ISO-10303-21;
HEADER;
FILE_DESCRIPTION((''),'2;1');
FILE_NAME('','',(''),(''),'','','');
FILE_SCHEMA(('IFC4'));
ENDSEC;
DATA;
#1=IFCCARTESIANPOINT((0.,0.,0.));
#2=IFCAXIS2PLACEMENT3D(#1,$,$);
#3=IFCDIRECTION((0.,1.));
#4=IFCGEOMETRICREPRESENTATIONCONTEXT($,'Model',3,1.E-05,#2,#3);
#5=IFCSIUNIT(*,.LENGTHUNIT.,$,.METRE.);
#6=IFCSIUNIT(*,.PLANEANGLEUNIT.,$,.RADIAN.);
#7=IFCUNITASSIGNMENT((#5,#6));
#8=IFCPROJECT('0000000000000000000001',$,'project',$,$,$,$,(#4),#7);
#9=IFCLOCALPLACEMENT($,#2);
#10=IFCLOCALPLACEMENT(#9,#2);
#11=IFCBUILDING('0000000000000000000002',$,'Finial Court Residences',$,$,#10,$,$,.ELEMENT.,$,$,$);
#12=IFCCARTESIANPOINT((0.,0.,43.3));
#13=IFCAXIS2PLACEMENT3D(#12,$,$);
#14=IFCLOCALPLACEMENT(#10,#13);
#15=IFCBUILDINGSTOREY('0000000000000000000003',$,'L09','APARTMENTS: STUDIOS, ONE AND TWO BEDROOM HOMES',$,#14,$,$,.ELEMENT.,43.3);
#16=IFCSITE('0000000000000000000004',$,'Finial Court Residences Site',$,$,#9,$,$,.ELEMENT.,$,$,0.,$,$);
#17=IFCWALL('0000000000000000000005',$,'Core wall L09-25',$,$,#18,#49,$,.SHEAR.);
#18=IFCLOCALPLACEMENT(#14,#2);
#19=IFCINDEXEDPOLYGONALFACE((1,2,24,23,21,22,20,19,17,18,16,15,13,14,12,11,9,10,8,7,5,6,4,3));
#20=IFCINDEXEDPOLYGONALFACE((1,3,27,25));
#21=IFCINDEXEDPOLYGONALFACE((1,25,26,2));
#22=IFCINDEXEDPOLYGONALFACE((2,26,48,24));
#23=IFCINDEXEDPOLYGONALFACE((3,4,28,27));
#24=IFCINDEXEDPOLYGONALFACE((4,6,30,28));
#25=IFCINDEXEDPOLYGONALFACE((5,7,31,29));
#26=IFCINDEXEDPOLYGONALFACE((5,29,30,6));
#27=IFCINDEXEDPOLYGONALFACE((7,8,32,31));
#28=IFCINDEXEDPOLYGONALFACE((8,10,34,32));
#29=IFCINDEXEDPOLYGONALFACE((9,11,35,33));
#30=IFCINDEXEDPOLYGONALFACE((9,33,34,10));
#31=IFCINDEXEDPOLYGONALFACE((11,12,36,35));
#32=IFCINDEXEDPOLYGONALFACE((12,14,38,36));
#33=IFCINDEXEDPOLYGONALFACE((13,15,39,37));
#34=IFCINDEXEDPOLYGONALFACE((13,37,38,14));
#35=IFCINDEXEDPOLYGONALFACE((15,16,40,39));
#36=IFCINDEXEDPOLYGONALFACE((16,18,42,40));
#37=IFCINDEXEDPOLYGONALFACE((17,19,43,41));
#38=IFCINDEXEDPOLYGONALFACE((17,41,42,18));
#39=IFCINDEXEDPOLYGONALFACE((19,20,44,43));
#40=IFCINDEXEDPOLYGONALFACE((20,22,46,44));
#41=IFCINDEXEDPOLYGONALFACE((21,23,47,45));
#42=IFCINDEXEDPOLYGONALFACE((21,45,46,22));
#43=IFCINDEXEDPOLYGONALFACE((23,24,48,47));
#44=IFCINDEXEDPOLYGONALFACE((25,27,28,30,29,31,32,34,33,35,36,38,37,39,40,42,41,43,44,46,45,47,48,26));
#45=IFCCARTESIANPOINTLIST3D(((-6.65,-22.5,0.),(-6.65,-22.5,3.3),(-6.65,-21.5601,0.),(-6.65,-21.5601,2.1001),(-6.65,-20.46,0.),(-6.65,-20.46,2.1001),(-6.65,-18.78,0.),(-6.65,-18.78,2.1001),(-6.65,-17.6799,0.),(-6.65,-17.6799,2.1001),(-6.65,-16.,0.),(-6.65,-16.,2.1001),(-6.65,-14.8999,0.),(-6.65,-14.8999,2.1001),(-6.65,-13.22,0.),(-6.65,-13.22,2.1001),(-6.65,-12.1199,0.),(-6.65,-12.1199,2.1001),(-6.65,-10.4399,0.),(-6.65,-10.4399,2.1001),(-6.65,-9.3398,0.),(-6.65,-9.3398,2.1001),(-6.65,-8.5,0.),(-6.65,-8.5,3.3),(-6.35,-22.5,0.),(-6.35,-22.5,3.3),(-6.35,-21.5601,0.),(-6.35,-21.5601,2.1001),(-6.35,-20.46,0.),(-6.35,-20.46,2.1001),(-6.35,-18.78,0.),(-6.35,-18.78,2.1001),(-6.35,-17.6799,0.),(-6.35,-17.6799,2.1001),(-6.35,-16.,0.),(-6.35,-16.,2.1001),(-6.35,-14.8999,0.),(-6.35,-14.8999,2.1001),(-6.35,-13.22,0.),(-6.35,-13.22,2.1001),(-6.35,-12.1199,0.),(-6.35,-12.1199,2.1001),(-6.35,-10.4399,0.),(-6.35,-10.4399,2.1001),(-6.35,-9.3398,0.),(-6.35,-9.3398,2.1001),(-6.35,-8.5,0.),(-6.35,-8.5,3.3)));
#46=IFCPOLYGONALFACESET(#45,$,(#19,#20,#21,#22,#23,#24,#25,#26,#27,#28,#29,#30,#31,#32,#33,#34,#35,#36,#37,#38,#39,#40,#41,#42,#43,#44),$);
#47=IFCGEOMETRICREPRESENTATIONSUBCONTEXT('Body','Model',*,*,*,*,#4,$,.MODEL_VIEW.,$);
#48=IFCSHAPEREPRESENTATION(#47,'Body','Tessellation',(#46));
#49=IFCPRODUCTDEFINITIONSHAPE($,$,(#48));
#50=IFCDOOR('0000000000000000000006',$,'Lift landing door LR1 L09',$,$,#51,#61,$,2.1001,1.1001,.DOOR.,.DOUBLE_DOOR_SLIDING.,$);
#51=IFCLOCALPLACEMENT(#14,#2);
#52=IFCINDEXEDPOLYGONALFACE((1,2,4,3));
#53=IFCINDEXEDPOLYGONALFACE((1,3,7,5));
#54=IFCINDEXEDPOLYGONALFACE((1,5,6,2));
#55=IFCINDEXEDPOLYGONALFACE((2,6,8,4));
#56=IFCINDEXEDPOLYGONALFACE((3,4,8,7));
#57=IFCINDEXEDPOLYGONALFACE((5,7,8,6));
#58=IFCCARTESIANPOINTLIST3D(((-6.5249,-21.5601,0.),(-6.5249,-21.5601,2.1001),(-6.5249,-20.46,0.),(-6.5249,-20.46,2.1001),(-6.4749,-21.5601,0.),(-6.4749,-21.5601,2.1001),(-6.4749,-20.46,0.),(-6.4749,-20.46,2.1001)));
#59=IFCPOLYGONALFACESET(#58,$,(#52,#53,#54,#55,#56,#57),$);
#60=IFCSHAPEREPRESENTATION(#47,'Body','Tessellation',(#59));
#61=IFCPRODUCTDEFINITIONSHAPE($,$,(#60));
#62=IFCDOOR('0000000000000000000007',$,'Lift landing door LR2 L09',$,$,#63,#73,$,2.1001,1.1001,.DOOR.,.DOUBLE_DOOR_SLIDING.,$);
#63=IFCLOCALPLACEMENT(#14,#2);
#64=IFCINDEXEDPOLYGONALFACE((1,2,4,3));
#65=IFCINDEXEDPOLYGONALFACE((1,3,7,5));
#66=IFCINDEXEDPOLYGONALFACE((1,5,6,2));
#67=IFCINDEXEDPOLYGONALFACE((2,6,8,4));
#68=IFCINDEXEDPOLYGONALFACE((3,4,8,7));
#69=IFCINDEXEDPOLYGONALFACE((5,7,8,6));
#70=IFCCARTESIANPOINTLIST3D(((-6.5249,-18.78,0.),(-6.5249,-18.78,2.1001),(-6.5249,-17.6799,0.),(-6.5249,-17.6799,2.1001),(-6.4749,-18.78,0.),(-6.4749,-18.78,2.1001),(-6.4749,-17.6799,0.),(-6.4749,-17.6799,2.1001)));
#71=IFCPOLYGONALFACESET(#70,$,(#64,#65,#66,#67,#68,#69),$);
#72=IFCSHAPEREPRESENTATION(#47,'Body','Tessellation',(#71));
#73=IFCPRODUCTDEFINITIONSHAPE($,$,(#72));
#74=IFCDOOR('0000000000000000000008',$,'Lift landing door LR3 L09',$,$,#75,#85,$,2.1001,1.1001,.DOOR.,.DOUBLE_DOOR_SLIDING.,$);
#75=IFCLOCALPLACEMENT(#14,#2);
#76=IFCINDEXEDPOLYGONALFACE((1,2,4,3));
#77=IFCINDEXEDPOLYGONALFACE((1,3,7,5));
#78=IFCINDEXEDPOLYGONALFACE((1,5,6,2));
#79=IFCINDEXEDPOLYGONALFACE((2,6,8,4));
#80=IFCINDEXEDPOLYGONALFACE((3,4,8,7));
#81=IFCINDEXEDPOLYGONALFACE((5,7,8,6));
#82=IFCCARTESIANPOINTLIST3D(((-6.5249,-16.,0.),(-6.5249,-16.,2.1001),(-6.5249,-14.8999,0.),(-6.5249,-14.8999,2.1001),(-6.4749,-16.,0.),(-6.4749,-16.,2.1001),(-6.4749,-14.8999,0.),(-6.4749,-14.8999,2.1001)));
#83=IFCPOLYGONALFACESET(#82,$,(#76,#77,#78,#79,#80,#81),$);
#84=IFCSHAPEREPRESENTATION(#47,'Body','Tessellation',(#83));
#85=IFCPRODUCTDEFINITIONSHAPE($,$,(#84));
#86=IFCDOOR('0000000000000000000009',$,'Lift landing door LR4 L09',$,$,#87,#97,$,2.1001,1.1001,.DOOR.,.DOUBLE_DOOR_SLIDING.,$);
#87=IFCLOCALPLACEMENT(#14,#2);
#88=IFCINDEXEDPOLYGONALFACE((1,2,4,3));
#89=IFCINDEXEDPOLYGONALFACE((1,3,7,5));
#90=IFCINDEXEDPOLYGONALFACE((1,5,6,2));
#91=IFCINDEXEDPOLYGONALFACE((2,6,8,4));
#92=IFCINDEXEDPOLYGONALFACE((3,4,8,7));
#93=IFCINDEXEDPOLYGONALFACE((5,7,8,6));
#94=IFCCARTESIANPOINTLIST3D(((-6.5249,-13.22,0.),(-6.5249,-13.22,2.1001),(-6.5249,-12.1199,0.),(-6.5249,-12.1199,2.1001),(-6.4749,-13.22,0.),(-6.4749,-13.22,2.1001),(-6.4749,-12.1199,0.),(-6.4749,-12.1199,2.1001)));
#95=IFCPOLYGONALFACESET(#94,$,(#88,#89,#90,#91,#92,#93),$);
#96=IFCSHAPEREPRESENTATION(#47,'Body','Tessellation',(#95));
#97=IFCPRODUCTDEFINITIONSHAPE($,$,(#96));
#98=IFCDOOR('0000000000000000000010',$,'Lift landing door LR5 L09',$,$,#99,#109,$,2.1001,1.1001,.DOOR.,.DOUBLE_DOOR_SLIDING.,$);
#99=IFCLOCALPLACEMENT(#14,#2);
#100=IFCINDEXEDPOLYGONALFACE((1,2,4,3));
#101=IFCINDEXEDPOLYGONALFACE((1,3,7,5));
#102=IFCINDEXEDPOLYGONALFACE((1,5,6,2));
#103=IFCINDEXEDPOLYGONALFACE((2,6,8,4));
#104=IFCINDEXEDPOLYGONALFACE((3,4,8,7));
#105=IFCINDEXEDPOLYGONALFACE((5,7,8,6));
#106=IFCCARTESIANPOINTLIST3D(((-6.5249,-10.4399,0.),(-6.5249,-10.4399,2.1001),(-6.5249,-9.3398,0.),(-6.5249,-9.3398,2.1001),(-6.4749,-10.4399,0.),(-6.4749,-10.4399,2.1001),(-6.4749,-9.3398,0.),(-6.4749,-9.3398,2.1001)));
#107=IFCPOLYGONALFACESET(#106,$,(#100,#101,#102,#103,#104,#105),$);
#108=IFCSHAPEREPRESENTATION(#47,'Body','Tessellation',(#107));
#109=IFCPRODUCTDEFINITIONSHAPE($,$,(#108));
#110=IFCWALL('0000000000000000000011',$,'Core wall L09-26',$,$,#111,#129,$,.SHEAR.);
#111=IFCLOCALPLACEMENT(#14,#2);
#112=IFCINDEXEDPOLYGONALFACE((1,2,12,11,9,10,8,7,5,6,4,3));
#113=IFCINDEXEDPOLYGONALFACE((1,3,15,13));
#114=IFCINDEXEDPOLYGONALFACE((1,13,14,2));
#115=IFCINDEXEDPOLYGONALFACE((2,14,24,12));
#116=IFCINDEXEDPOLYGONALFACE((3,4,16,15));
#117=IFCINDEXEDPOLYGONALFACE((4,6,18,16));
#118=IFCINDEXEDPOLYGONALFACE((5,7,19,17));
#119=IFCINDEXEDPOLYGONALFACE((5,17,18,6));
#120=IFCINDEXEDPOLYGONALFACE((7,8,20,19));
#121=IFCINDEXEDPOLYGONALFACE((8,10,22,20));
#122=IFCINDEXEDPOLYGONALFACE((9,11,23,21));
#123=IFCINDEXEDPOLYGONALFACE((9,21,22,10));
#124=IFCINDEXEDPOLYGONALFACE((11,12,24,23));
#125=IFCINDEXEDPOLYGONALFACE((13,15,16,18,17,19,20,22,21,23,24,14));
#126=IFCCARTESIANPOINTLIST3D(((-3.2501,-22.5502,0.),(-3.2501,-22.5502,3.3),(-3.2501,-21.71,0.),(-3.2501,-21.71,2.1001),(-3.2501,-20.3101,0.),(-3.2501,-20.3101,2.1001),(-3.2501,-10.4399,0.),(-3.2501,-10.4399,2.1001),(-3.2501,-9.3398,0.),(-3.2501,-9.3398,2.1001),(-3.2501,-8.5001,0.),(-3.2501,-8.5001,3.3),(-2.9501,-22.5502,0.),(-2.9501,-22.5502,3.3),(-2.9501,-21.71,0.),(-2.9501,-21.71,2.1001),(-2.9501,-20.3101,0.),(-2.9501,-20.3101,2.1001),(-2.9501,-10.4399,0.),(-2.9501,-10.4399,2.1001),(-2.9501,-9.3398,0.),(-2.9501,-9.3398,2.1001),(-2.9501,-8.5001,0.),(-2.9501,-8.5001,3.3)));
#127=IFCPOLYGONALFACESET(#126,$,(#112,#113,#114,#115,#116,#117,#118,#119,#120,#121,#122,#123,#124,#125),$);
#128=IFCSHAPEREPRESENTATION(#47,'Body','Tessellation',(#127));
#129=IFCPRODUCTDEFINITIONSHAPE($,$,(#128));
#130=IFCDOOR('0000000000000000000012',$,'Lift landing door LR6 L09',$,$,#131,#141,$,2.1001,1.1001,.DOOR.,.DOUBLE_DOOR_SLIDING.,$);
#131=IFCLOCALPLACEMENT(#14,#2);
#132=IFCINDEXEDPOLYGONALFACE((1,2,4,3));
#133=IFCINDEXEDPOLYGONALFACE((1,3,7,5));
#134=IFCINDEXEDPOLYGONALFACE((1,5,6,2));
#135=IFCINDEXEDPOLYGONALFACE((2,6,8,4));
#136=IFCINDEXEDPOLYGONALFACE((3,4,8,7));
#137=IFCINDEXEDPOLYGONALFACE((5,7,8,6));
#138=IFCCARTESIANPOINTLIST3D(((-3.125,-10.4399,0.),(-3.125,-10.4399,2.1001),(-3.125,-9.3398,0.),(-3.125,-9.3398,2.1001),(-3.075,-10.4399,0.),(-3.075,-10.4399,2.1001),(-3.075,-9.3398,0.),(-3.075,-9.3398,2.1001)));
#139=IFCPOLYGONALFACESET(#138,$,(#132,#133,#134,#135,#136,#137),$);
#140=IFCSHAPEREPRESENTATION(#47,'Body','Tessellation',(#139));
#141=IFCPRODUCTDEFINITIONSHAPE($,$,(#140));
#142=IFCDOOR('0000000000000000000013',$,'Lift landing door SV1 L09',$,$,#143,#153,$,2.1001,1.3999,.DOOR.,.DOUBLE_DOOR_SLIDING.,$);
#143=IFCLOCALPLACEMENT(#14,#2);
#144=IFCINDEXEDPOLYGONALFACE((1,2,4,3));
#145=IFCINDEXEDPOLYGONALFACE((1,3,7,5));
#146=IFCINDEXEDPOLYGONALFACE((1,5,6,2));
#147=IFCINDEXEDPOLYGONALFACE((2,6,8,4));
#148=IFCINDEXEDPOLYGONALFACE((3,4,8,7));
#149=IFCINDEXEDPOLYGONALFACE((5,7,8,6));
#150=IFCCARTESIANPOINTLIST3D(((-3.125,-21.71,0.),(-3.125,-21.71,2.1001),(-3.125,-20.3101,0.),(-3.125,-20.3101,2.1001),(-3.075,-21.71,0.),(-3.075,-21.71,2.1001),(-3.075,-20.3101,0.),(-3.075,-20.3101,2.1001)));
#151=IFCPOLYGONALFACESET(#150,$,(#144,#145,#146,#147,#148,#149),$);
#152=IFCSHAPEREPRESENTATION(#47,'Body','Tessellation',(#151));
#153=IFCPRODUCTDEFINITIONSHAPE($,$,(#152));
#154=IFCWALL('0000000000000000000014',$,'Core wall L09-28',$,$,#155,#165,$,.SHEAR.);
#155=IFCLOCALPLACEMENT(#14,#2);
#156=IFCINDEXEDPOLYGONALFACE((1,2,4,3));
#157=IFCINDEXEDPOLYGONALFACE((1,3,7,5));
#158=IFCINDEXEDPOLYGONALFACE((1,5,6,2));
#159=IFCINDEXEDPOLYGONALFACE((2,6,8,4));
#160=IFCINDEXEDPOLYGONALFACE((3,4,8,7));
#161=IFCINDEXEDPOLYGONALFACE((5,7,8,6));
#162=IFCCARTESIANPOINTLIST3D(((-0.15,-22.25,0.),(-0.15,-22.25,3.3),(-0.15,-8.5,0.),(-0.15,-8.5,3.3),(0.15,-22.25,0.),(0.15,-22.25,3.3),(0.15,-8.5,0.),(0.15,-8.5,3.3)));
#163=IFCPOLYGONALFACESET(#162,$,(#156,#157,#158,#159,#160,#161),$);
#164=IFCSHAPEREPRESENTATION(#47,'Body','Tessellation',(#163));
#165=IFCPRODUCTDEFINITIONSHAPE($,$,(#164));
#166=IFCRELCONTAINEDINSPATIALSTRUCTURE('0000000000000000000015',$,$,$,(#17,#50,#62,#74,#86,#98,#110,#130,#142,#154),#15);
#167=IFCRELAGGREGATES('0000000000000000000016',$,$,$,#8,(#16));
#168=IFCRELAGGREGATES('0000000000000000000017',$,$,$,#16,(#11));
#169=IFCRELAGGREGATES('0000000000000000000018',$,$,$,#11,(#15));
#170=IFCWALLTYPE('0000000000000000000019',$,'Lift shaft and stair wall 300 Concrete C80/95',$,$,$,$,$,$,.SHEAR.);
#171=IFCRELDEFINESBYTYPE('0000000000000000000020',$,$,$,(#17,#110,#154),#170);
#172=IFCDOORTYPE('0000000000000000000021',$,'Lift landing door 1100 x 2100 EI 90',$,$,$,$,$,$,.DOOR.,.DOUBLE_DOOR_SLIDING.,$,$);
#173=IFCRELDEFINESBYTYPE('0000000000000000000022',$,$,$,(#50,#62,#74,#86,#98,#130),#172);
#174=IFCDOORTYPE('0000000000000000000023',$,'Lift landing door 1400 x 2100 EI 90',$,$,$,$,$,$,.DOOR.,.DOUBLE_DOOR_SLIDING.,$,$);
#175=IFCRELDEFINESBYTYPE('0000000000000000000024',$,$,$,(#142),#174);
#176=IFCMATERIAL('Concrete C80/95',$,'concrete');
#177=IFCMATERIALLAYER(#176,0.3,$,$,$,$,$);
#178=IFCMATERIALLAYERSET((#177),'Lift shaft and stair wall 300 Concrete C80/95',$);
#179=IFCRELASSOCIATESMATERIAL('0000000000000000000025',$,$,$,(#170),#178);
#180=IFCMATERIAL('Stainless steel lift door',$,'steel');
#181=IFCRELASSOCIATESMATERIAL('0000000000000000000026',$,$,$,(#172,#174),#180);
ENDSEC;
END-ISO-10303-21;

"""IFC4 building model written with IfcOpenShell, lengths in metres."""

from ifc_helpers import new_model, si_unit, direction, frame, frame_2d, origin, place, context, subcontext, project, spatial, rectangle, extrude, material, layer, layer_set, type_object, element, fill, save


model = new_model("IFC4")

# Units and contexts
model_context = context("Model", 3, precision=1e-05, world=origin(), true_north=direction((0.0, 1.0)))
body_context = subcontext(model_context, "Body", "Model", "MODEL_VIEW")
ifc_project = project(units=[si_unit("LENGTHUNIT", "METRE"), si_unit("PLANEANGLEUNIT", "RADIAN")], contexts=[model_context])

# Site, building, storey
site_placement = place(None, origin())
site = spatial("IfcSite", under=ifc_project, at=site_placement, Name="Finial Court Residences Site", CompositionType="ELEMENT", RefElevation=0.0)
building_placement = place(site_placement, origin())
building = spatial("IfcBuilding", under=site, at=building_placement, Name="Finial Court Residences", CompositionType="ELEMENT")
storey_placement = place(building_placement, frame((0.0, 0.0, 43.3)))
storey = spatial("IfcBuildingStorey", under=building, at=storey_placement, Name="L09", Description="APARTMENTS: STUDIOS, ONE AND TWO BEDROOM HOMES", CompositionType="ELEMENT", Elevation=43.3)

# Shared definitions
ifc_material_1 = material(Name="Concrete C80/95", Category="concrete")
ifc_layer_1 = layer(ifc_material_1, 0.3)
ifc_layer_set_1 = layer_set([ifc_layer_1], Name="Lift shaft and stair wall 300 Concrete C80/95")
wall_type_1 = type_object("IfcWallType", Name="Lift shaft and stair wall 300 Concrete C80/95", PredefinedType="SHEAR", material=ifc_layer_set_1)

# Walls, openings, doors
wall_1_placement = place(storey_placement, frame((-6.5, -22.5, 0.0), z_axis=(0.0, 0.0, 1.0), x_axis=(0.0, 1.0, 0.0)))
wall_1 = element("IfcWall", 1, at=wall_1_placement, inside=storey, type_object=wall_type_1, Name="Core wall L09-25", PredefinedType="SHEAR", context=body_context, shape_type="SweptSolid", body=[
    extrude(rectangle(XDim=14.0, YDim=0.3, at=frame_2d((7.0, 0.0))), origin(), (0.0, 0.0, 1.0), 3.3),
])
opening_1_placement = place(wall_1_placement, frame((0.9399, 0.0, 0.0)))
opening_1 = element("IfcOpeningElement", 2, at=opening_1_placement, cuts=wall_1, PredefinedType="OPENING", context=body_context, shape_type="SweptSolid", body=[
    extrude(rectangle(XDim=1.1001, YDim=2.1001, at=frame_2d((0.55, 1.05))), frame((0.0, 0.1599, 0.0), z_axis=(0.0, -1.0, 0.0), x_axis=(1.0, 0.0, 0.0)), (0.0, 0.0, 1.0), 0.3201),
])
opening_2_placement = place(wall_1_placement, frame((3.72, 0.0, 0.0)))
opening_2 = element("IfcOpeningElement", 3, at=opening_2_placement, cuts=wall_1, PredefinedType="OPENING", context=body_context, shape_type="SweptSolid", body=[
    extrude(rectangle(XDim=1.1001, YDim=2.1001, at=frame_2d((0.55, 1.05))), frame((0.0, 0.1599, 0.0), z_axis=(0.0, -1.0, 0.0), x_axis=(1.0, 0.0, 0.0)), (0.0, 0.0, 1.0), 0.3201),
])
opening_3_placement = place(wall_1_placement, frame((6.5, 0.0, 0.0)))
opening_3 = element("IfcOpeningElement", 4, at=opening_3_placement, cuts=wall_1, PredefinedType="OPENING", context=body_context, shape_type="SweptSolid", body=[
    extrude(rectangle(XDim=1.1001, YDim=2.1001, at=frame_2d((0.55, 1.05))), frame((0.0, 0.1599, 0.0), z_axis=(0.0, -1.0, 0.0), x_axis=(1.0, 0.0, 0.0)), (0.0, 0.0, 1.0), 0.3201),
])
opening_4_placement = place(wall_1_placement, frame((9.28, 0.0, 0.0)))
opening_4 = element("IfcOpeningElement", 5, at=opening_4_placement, cuts=wall_1, PredefinedType="OPENING", context=body_context, shape_type="SweptSolid", body=[
    extrude(rectangle(XDim=1.1001, YDim=2.1001, at=frame_2d((0.55, 1.05))), frame((0.0, 0.1599, 0.0), z_axis=(0.0, -1.0, 0.0), x_axis=(1.0, 0.0, 0.0)), (0.0, 0.0, 1.0), 0.3201),
])
opening_5_placement = place(wall_1_placement, frame((12.0601, 0.0, 0.0)))
opening_5 = element("IfcOpeningElement", 6, at=opening_5_placement, cuts=wall_1, PredefinedType="OPENING", context=body_context, shape_type="SweptSolid", body=[
    extrude(rectangle(XDim=1.1001, YDim=2.1001, at=frame_2d((0.55, 1.05))), frame((0.0, 0.1599, 0.0), z_axis=(0.0, -1.0, 0.0), x_axis=(1.0, 0.0, 0.0)), (0.0, 0.0, 1.0), 0.3201),
])
ifc_material_2 = material(Name="Stainless steel lift door", Category="steel")
door_type_1 = type_object("IfcDoorType", Name="Lift landing door 1100 x 2100 EI 90", OperationType="DOUBLE_DOOR_SLIDING", PredefinedType="DOOR", material=ifc_material_2)
door_1_placement = place(opening_1_placement, origin())
door_1 = element("IfcDoor", 7, at=door_1_placement, inside=storey, type_object=door_type_1, Name="Lift landing door LR1 L09", OperationType="DOUBLE_DOOR_SLIDING", OverallHeight=2.1001, OverallWidth=1.1001, PredefinedType="DOOR", context=body_context, shape_type="SweptSolid", body=[
    extrude(rectangle(XDim=1.1001, YDim=2.1001, at=frame_2d((0.55, 1.05))), frame((0.0, 0.0249, 0.0), z_axis=(0.0, -1.0, 0.0), x_axis=(1.0, 0.0, 0.0)), (0.0, 0.0, 1.0), 0.05),
])
fill(opening_1, door_1)
door_2_placement = place(opening_2_placement, origin())
door_2 = element("IfcDoor", 8, at=door_2_placement, inside=storey, type_object=door_type_1, Name="Lift landing door LR2 L09", OperationType="DOUBLE_DOOR_SLIDING", OverallHeight=2.1001, OverallWidth=1.1001, PredefinedType="DOOR", context=body_context, shape_type="SweptSolid", body=[
    extrude(rectangle(XDim=1.1001, YDim=2.1001, at=frame_2d((0.55, 1.05))), frame((0.0, 0.0249, 0.0), z_axis=(0.0, -1.0, 0.0), x_axis=(1.0, 0.0, 0.0)), (0.0, 0.0, 1.0), 0.05),
])
fill(opening_2, door_2)
door_3_placement = place(opening_3_placement, origin())
door_3 = element("IfcDoor", 9, at=door_3_placement, inside=storey, type_object=door_type_1, Name="Lift landing door LR3 L09", OperationType="DOUBLE_DOOR_SLIDING", OverallHeight=2.1001, OverallWidth=1.1001, PredefinedType="DOOR", context=body_context, shape_type="SweptSolid", body=[
    extrude(rectangle(XDim=1.1001, YDim=2.1001, at=frame_2d((0.55, 1.05))), frame((0.0, 0.0249, 0.0), z_axis=(0.0, -1.0, 0.0), x_axis=(1.0, 0.0, 0.0)), (0.0, 0.0, 1.0), 0.05),
])
fill(opening_3, door_3)
door_4_placement = place(opening_4_placement, origin())
door_4 = element("IfcDoor", 10, at=door_4_placement, inside=storey, type_object=door_type_1, Name="Lift landing door LR4 L09", OperationType="DOUBLE_DOOR_SLIDING", OverallHeight=2.1001, OverallWidth=1.1001, PredefinedType="DOOR", context=body_context, shape_type="SweptSolid", body=[
    extrude(rectangle(XDim=1.1001, YDim=2.1001, at=frame_2d((0.55, 1.05))), frame((0.0, 0.0249, 0.0), z_axis=(0.0, -1.0, 0.0), x_axis=(1.0, 0.0, 0.0)), (0.0, 0.0, 1.0), 0.05),
])
fill(opening_4, door_4)
door_5_placement = place(opening_5_placement, origin())
door_5 = element("IfcDoor", 11, at=door_5_placement, inside=storey, type_object=door_type_1, Name="Lift landing door LR5 L09", OperationType="DOUBLE_DOOR_SLIDING", OverallHeight=2.1001, OverallWidth=1.1001, PredefinedType="DOOR", context=body_context, shape_type="SweptSolid", body=[
    extrude(rectangle(XDim=1.1001, YDim=2.1001, at=frame_2d((0.55, 1.05))), frame((0.0, 0.0249, 0.0), z_axis=(0.0, -1.0, 0.0), x_axis=(1.0, 0.0, 0.0)), (0.0, 0.0, 1.0), 0.05),
])
fill(opening_5, door_5)
wall_2_placement = place(storey_placement, frame((-3.1001, -22.55, 0.0), z_axis=(0.0, 0.0, 1.0), x_axis=(0.0, 1.0, 0.0)))
wall_2 = element("IfcWall", 12, at=wall_2_placement, inside=storey, type_object=wall_type_1, Name="Core wall L09-26", PredefinedType="SHEAR", context=body_context, shape_type="SweptSolid", body=[
    extrude(rectangle(XDim=14.05, YDim=0.3, at=frame_2d((7.0249, 0.0))), origin(), (0.0, 0.0, 1.0), 3.3),
])
opening_6_placement = place(wall_2_placement, frame((12.1101, 0.0, 0.0)))
opening_6 = element("IfcOpeningElement", 13, at=opening_6_placement, cuts=wall_2, PredefinedType="OPENING", context=body_context, shape_type="SweptSolid", body=[
    extrude(rectangle(XDim=1.1001, YDim=2.1001, at=frame_2d((0.55, 1.05))), frame((0.0, 0.1599, 0.0), z_axis=(0.0, -1.0, 0.0), x_axis=(1.0, 0.0, 0.0)), (0.0, 0.0, 1.0), 0.3201),
])
opening_7_placement = place(wall_2_placement, frame((0.8401, 0.0, 0.0)))
opening_7 = element("IfcOpeningElement", 14, at=opening_7_placement, cuts=wall_2, PredefinedType="OPENING", context=body_context, shape_type="SweptSolid", body=[
    extrude(rectangle(XDim=1.3999, YDim=2.1001, at=frame_2d((0.7, 1.05))), frame((0.0, 0.1599, 0.0), z_axis=(0.0, -1.0, 0.0), x_axis=(1.0, 0.0, 0.0)), (0.0, 0.0, 1.0), 0.3201),
])
door_6_placement = place(opening_6_placement, origin())
door_6 = element("IfcDoor", 15, at=door_6_placement, inside=storey, type_object=door_type_1, Name="Lift landing door LR6 L09", OperationType="DOUBLE_DOOR_SLIDING", OverallHeight=2.1001, OverallWidth=1.1001, PredefinedType="DOOR", context=body_context, shape_type="SweptSolid", body=[
    extrude(rectangle(XDim=1.1001, YDim=2.1001, at=frame_2d((0.55, 1.05))), frame((0.0, 0.0249, 0.0), z_axis=(0.0, -1.0, 0.0), x_axis=(1.0, 0.0, 0.0)), (0.0, 0.0, 1.0), 0.05),
])
fill(opening_6, door_6)
door_type_2 = type_object("IfcDoorType", Name="Lift landing door 1400 x 2100 EI 90", OperationType="DOUBLE_DOOR_SLIDING", PredefinedType="DOOR", material=ifc_material_2)
door_7_placement = place(opening_7_placement, origin())
door_7 = element("IfcDoor", 16, at=door_7_placement, inside=storey, type_object=door_type_2, Name="Lift landing door SV1 L09", OperationType="DOUBLE_DOOR_SLIDING", OverallHeight=2.1001, OverallWidth=1.3999, PredefinedType="DOOR", context=body_context, shape_type="SweptSolid", body=[
    extrude(rectangle(XDim=1.3999, YDim=2.1001, at=frame_2d((0.7, 1.05))), frame((0.0, 0.0249, 0.0), z_axis=(0.0, -1.0, 0.0), x_axis=(1.0, 0.0, 0.0)), (0.0, 0.0, 1.0), 0.05),
])
fill(opening_7, door_7)

# Wall
wall_3_placement = place(storey_placement, frame((0.0, -22.25, 0.0), z_axis=(0.0, 0.0, 1.0), x_axis=(0.0, 1.0, 0.0)))
element("IfcWall", 17, at=wall_3_placement, inside=storey, type_object=wall_type_1, Name="Core wall L09-28", PredefinedType="SHEAR", context=body_context, shape_type="SweptSolid", body=[
    extrude(rectangle(XDim=13.75, YDim=0.3, at=frame_2d((6.875, 0.0))), origin(), (0.0, 0.0, 1.0), 3.3),
])

save(model, "model.ifc")
